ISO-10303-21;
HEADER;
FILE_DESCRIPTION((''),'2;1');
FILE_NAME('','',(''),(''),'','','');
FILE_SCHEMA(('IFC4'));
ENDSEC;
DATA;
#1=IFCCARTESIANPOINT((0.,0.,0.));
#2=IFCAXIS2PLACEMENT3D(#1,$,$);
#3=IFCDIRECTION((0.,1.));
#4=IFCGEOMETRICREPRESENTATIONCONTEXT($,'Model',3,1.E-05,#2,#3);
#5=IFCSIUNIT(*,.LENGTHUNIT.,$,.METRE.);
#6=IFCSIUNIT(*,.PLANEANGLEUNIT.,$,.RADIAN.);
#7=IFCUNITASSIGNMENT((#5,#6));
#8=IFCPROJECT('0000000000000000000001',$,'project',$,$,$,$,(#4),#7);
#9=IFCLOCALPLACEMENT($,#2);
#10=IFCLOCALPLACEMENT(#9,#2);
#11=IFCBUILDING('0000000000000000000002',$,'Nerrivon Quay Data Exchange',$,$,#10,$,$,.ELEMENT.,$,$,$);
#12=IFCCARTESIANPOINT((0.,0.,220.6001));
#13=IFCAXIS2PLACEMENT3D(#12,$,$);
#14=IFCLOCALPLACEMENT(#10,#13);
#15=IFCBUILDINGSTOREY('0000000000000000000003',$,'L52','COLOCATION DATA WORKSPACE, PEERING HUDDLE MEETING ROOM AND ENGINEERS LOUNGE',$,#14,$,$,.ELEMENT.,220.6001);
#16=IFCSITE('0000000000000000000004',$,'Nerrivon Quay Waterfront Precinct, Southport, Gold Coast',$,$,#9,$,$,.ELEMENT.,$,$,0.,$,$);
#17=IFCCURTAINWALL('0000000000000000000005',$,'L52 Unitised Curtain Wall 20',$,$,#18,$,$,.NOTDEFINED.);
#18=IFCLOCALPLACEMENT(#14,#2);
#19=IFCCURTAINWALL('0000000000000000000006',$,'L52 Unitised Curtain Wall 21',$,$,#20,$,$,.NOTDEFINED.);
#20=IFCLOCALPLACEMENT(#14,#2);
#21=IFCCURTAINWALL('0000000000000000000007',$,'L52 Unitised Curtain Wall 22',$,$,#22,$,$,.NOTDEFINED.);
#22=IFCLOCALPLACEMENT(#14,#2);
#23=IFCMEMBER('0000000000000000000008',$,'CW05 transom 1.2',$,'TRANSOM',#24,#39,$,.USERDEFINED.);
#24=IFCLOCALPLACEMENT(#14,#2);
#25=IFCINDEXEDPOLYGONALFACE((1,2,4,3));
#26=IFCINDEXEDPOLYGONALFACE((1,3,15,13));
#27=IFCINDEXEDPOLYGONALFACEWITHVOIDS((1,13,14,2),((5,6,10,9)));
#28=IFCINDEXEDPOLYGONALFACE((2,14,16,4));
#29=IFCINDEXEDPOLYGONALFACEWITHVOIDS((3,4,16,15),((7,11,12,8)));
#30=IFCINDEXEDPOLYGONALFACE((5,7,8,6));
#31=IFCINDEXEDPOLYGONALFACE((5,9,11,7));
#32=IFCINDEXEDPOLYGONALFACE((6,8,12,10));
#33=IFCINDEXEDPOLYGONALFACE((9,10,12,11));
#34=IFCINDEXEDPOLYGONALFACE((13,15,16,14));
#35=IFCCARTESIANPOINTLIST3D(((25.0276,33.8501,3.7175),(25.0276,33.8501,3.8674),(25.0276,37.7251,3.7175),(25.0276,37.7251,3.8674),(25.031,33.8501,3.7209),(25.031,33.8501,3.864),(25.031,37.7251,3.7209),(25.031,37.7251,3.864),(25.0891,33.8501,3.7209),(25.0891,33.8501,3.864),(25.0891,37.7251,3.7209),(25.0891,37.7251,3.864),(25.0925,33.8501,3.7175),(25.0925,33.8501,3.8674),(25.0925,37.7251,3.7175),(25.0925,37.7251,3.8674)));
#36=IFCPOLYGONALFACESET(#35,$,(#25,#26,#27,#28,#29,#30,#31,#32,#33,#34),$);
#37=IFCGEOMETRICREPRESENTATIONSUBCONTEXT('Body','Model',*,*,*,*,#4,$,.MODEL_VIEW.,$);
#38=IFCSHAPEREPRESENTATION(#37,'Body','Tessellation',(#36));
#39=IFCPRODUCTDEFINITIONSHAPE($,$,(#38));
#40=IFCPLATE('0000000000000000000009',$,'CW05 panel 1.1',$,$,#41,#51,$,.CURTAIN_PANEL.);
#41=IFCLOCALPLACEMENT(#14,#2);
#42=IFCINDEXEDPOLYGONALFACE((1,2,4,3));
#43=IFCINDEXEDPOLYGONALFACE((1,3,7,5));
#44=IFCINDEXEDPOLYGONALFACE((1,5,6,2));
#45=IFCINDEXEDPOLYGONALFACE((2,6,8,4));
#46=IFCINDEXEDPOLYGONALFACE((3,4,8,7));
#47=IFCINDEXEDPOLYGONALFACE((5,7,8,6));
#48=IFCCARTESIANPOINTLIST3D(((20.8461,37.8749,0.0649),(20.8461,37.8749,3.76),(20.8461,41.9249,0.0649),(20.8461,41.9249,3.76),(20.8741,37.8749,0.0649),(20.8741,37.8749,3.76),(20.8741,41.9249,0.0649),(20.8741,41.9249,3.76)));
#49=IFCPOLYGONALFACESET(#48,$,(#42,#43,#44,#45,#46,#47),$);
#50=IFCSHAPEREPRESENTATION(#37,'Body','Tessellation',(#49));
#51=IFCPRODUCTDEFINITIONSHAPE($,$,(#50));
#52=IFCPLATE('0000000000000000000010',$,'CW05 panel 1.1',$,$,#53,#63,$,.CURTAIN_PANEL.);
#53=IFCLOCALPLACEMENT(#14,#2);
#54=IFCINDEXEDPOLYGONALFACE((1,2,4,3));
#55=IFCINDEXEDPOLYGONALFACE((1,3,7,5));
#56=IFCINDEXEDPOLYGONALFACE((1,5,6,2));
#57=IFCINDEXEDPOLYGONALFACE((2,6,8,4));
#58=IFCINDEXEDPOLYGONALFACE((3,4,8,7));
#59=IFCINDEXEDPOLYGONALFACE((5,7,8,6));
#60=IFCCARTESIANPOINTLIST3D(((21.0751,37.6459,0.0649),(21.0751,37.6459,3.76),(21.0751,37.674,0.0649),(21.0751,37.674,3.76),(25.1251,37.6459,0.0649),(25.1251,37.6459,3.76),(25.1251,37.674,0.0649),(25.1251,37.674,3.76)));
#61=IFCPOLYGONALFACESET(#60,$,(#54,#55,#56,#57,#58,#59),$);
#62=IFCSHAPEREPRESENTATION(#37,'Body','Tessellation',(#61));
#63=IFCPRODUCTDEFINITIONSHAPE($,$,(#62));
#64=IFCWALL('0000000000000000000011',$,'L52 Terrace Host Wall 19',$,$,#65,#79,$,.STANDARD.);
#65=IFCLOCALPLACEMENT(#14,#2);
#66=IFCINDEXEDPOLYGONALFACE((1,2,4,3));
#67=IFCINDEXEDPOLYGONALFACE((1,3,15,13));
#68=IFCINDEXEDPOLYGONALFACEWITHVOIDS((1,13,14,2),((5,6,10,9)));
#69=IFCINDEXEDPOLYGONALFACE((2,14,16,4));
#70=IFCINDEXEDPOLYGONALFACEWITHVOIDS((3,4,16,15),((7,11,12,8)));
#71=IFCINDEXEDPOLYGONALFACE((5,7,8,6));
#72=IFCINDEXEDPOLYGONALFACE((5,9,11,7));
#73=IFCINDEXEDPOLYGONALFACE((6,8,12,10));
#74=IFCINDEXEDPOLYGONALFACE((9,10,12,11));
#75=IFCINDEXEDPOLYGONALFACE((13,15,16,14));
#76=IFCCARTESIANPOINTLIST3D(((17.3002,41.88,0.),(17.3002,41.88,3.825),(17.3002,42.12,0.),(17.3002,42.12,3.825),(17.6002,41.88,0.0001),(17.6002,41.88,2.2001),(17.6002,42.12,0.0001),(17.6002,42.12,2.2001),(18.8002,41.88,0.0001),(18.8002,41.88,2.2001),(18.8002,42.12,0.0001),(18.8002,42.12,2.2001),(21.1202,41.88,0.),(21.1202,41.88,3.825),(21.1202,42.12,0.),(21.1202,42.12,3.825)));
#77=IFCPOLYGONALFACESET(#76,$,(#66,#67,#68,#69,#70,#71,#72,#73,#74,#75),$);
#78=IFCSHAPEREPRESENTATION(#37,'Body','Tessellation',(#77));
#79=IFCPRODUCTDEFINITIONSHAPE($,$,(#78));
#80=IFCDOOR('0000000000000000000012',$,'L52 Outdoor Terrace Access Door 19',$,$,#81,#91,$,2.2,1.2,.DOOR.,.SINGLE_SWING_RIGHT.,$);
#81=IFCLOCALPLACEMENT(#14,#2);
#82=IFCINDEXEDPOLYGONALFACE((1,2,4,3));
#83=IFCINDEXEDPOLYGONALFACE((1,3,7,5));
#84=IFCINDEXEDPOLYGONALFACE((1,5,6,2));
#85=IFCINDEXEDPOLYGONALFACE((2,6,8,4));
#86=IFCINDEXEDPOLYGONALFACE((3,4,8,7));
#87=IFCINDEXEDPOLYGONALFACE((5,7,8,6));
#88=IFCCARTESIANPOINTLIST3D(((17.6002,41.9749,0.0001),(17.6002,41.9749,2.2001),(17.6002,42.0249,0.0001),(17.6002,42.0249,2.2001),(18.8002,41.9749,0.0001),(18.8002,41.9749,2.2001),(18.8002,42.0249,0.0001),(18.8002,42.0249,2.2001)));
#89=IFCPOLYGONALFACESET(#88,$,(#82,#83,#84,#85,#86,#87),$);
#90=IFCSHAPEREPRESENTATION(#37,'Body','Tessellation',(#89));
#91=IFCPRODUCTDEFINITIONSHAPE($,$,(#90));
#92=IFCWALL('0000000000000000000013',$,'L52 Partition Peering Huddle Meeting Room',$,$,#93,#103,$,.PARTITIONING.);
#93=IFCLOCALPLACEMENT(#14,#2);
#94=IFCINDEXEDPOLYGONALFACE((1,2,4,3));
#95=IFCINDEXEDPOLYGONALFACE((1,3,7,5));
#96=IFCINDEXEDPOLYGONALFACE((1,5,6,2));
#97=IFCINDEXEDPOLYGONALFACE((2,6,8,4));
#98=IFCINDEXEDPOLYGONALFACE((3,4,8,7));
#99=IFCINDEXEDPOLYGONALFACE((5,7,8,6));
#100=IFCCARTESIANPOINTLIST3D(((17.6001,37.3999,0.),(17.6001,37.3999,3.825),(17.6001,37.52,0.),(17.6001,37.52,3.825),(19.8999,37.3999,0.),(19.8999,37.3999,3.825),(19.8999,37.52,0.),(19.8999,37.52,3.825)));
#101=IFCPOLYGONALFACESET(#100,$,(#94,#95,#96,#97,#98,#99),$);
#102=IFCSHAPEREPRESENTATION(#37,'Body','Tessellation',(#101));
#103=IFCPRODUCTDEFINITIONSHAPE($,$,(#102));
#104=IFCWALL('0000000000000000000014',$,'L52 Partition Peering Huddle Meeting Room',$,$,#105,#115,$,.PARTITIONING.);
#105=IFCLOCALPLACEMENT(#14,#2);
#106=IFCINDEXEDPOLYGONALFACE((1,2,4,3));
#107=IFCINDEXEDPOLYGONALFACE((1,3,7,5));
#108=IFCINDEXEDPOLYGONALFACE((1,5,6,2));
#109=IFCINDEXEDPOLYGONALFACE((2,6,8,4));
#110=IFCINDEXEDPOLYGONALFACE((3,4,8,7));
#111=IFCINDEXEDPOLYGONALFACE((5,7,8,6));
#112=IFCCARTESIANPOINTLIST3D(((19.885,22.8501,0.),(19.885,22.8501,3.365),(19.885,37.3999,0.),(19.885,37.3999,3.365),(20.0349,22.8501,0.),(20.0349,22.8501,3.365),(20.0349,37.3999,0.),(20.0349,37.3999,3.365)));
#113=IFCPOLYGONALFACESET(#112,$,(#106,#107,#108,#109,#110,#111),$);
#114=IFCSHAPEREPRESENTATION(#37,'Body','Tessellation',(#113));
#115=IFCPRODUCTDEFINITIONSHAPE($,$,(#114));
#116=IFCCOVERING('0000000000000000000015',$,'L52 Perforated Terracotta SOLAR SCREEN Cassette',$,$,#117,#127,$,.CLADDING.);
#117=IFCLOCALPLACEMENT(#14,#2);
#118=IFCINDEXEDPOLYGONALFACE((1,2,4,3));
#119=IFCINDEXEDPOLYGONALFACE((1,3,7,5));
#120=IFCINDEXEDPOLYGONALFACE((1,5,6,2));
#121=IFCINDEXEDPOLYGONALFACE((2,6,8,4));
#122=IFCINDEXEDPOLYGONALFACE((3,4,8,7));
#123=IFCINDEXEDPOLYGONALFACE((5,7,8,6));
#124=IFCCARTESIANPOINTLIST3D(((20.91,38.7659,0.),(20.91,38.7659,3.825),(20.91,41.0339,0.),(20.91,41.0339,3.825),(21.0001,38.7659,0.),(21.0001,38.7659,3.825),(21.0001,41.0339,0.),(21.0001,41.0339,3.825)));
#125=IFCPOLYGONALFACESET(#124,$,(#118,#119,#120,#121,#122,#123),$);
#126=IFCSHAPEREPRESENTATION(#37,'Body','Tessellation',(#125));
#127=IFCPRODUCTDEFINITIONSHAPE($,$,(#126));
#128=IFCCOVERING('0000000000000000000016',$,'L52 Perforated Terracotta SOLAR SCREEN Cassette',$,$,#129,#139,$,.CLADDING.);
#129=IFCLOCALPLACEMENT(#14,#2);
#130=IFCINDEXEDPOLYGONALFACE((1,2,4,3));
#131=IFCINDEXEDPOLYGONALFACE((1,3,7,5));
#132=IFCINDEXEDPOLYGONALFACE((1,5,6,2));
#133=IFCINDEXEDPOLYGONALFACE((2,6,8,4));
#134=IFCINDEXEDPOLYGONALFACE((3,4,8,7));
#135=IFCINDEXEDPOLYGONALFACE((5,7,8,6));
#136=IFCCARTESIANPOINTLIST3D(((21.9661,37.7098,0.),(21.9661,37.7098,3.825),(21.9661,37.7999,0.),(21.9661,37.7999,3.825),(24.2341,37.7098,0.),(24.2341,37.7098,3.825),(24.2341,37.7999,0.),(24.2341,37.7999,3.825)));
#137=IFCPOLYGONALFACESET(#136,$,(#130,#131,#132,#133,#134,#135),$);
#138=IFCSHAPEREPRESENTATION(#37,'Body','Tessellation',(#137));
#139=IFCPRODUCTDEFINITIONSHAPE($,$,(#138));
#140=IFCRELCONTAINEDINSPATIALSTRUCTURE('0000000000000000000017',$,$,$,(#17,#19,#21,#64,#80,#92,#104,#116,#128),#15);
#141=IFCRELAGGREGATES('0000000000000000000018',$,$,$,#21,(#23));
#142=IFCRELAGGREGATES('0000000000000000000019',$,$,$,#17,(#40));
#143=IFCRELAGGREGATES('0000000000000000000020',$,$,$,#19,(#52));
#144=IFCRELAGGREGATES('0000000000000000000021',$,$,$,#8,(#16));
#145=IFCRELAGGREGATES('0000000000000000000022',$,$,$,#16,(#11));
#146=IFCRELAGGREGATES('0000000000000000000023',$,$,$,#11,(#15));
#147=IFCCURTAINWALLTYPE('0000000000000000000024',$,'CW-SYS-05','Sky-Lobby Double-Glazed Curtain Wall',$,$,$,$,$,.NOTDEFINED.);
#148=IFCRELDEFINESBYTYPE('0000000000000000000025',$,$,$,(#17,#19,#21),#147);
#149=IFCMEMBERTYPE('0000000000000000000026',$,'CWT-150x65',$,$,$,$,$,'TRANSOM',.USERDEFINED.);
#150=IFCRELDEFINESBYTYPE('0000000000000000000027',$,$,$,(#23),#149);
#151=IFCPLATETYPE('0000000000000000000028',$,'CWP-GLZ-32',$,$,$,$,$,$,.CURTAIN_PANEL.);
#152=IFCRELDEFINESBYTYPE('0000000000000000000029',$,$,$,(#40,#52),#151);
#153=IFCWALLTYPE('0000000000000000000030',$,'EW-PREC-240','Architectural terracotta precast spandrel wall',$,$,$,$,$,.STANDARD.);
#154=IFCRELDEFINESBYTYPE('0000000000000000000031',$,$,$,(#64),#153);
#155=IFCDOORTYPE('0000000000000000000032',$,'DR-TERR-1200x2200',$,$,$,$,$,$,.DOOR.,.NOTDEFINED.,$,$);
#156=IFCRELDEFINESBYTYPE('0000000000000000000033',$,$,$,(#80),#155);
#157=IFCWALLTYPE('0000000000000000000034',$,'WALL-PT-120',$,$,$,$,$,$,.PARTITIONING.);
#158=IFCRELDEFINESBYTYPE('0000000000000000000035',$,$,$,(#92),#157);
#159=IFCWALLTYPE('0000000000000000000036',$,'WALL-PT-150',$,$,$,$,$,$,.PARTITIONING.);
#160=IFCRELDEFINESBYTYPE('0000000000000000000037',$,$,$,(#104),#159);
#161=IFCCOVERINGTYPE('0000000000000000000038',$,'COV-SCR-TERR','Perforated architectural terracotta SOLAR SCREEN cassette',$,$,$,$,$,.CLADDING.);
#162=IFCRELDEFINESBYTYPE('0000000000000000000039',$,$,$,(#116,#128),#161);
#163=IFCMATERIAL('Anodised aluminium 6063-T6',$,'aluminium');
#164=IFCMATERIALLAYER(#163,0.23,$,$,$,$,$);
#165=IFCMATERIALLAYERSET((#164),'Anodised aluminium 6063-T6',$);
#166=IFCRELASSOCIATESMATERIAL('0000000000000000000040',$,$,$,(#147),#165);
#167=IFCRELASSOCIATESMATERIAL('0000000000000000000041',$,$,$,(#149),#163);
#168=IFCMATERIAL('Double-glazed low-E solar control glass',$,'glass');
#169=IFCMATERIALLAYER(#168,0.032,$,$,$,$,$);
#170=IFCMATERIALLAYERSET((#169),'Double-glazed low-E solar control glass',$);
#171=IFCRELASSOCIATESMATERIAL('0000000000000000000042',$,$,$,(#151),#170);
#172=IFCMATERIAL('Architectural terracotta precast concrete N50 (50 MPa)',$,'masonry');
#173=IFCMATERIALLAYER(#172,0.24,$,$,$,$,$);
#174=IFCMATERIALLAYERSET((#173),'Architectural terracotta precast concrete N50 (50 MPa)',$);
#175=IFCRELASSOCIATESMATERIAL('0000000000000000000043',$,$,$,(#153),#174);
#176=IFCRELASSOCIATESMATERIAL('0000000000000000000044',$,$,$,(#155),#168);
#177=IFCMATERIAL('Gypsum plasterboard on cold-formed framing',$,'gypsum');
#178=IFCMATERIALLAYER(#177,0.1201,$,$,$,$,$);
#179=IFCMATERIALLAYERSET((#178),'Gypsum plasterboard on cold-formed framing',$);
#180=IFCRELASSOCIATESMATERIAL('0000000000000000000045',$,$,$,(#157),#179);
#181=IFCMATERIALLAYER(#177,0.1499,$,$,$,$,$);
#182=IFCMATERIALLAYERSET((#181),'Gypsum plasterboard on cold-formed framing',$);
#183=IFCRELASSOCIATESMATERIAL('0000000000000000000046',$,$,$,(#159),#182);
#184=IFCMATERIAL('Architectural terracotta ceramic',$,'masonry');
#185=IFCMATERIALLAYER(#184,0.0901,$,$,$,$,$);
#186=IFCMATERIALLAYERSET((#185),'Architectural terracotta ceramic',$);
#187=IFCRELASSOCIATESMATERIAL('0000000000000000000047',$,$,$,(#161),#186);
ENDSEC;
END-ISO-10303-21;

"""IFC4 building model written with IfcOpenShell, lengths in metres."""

from ifc_helpers import new_model, si_unit, direction, frame, frame_2d, origin, origin_2d, place, context, subcontext, project, spatial, rectangle, hollow_rectangle, extrude, material, layer, layer_set, material_profile, profile_set, type_object, element, fill, aggregate, save


model = new_model("IFC4")

# Units and contexts
model_context = context("Model", 3, precision=1e-05, world=origin(), true_north=direction((0.0, 1.0)))
body_context = subcontext(model_context, "Body", "Model", "MODEL_VIEW")
ifc_project = project(units=[si_unit("LENGTHUNIT", "METRE"), si_unit("PLANEANGLEUNIT", "RADIAN")], contexts=[model_context])

# Site, building, storey
site_placement = place(None, origin())
site = spatial("IfcSite", under=ifc_project, at=site_placement, Name="Nerrivon Quay Waterfront Precinct, Southport, Gold Coast", CompositionType="ELEMENT", RefElevation=0.0)
building_placement = place(site_placement, origin())
building = spatial("IfcBuilding", under=site, at=building_placement, Name="Nerrivon Quay Data Exchange", CompositionType="ELEMENT")
storey_placement = place(building_placement, frame((0.0, 0.0, 220.6001)))
storey = spatial("IfcBuildingStorey", under=building, at=storey_placement, Name="L52", Description="COLOCATION DATA WORKSPACE, PEERING HUDDLE MEETING ROOM AND ENGINEERS LOUNGE", CompositionType="ELEMENT", Elevation=220.6001)

# Curtain walls
ifc_material_1 = material(Name="Anodised aluminium 6063-T6", Category="aluminium")
ifc_layer_1 = layer(ifc_material_1, 0.23)
ifc_layer_set_1 = layer_set([ifc_layer_1], Name="Anodised aluminium 6063-T6")
curtain_wall_type = type_object("IfcCurtainWallType", Name="CW-SYS-05", Description="Sky-Lobby Double-Glazed Curtain Wall", PredefinedType="NOTDEFINED", material=ifc_layer_set_1)
curtain_wall_1_placement = place(storey_placement, origin())
curtain_wall_1 = element("IfcCurtainWall", 1, at=curtain_wall_1_placement, inside=storey, type_object=curtain_wall_type, Name="L52 Unitised Curtain Wall 20", PredefinedType="NOTDEFINED")
curtain_wall_2_placement = place(storey_placement, origin())
curtain_wall_2 = element("IfcCurtainWall", 2, at=curtain_wall_2_placement, inside=storey, type_object=curtain_wall_type, Name="L52 Unitised Curtain Wall 21", PredefinedType="NOTDEFINED")

# Curtain wall
curtain_wall_3_placement = place(storey_placement, origin())
curtain_wall_3 = element("IfcCurtainWall", 3, at=curtain_wall_3_placement, inside=storey, type_object=curtain_wall_type, Name="L52 Unitised Curtain Wall 22", PredefinedType="NOTDEFINED")

# Member
ifc_material_profile_1 = material_profile(ifc_material_1, hollow_rectangle(XDim=0.0649, YDim=0.1499, WallThickness=0.0034, at=origin_2d()), Name="ALU-TRAN-150x65")
ifc_profile_set_1 = profile_set([ifc_material_profile_1], Name="Anodised aluminium 6063-T6")
member_type_1 = type_object("IfcMemberType", Name="CWT-150x65", ElementType="TRANSOM", PredefinedType="USERDEFINED", material=ifc_profile_set_1)
member_1_placement = place(storey_placement, frame((25.0601, 37.7251, 3.7925), z_axis=(0.0, -1.0, 0.0), x_axis=(1.0, 0.0, 0.0)))
member_1 = element("IfcMember", 4, at=member_1_placement, type_object=member_type_1, Name="CW05 transom 1.2", ObjectType="TRANSOM", PredefinedType="USERDEFINED", context=body_context, shape_type="SweptSolid", body=[
    extrude(hollow_rectangle(XDim=0.0649, YDim=0.1499, WallThickness=0.0034, at=origin_2d()), origin(), (0.0, 0.0, 1.0), 3.875),
])
aggregate(curtain_wall_3, [member_1])

# Plates
ifc_material_2 = material(Name="Double-glazed low-E solar control glass", Category="glass")
ifc_layer_2 = layer(ifc_material_2, 0.032)
ifc_layer_set_2 = layer_set([ifc_layer_2], Name="Double-glazed low-E solar control glass")
plate_type = type_object("IfcPlateType", Name="CWP-GLZ-32", PredefinedType="CURTAIN_PANEL", material=ifc_layer_set_2)
plate_1_placement = place(storey_placement, frame((20.8601, 39.8999, 0.0649), z_axis=(0.0, 0.0, 1.0), x_axis=(0.0, -1.0, 0.0)))
plate_1 = element("IfcPlate", 5, at=plate_1_placement, type_object=plate_type, Name="CW05 panel 1.1", PredefinedType="CURTAIN_PANEL", context=body_context, shape_type="SweptSolid", body=[
    extrude(rectangle(XDim=4.05, YDim=0.0281, at=origin_2d()), origin(), (0.0, 0.0, 1.0), 3.6951),
])
aggregate(curtain_wall_1, [plate_1])
plate_2_placement = place(storey_placement, frame((23.1001, 37.6599, 0.0649), z_axis=(0.0, 0.0, 1.0), x_axis=(1.0, 0.0, 0.0)))
plate_2 = element("IfcPlate", 6, at=plate_2_placement, type_object=plate_type, Name="CW05 panel 1.1", PredefinedType="CURTAIN_PANEL", context=body_context, shape_type="SweptSolid", body=[
    extrude(rectangle(XDim=4.05, YDim=0.0281, at=origin_2d()), origin(), (0.0, 0.0, 1.0), 3.6951),
])
aggregate(curtain_wall_2, [plate_2])

# Wall, opening, door
ifc_material_3 = material(Name="Architectural terracotta precast concrete N50 (50 MPa)", Category="masonry")
ifc_layer_3 = layer(ifc_material_3, 0.24)
ifc_layer_set_3 = layer_set([ifc_layer_3], Name="Architectural terracotta precast concrete N50 (50 MPa)")
wall_type_1 = type_object("IfcWallType", Name="EW-PREC-240", Description="Architectural terracotta precast spandrel wall", PredefinedType="STANDARD", material=ifc_layer_set_3)
wall_1_placement = place(storey_placement, frame((17.3, 42.0, 0.0), z_axis=(0.0, 0.0, 1.0), x_axis=(1.0, 0.0, 0.0)))
wall_1 = element("IfcWall", 7, at=wall_1_placement, inside=storey, type_object=wall_type_1, Name="L52 Terrace Host Wall 19", PredefinedType="STANDARD", context=body_context, shape_type="SweptSolid", body=[
    extrude(rectangle(XDim=3.8201, YDim=0.24, at=frame_2d((1.9102, 0.0))), origin(), (0.0, 0.0, 1.0), 3.825),
])
opening_placement = place(wall_1_placement, frame((0.3, 0.0, 0.0)))
opening = element("IfcOpeningElement", 8, at=opening_placement, cuts=wall_1, PredefinedType="OPENING", context=body_context, shape_type="SweptSolid", body=[
    extrude(rectangle(XDim=1.2, YDim=2.2, at=frame_2d((0.6001, 1.1001))), frame((0.0, 0.1299, 0.0), z_axis=(0.0, -1.0, 0.0), x_axis=(1.0, 0.0, 0.0)), (0.0, 0.0, 1.0), 0.26),
])
door_type = type_object("IfcDoorType", Name="DR-TERR-1200x2200", OperationType="NOTDEFINED", PredefinedType="DOOR", material=ifc_material_2)
door_placement = place(opening_placement, origin())
door = element("IfcDoor", 9, at=door_placement, inside=storey, type_object=door_type, Name="L52 Outdoor Terrace Access Door 19", OperationType="SINGLE_SWING_RIGHT", OverallHeight=2.2, OverallWidth=1.2, PredefinedType="DOOR", context=body_context, shape_type="SweptSolid", body=[
    extrude(rectangle(XDim=1.2, YDim=2.2, at=frame_2d((0.6001, 1.1001))), frame((0.0, 0.0249, 0.0), z_axis=(0.0, -1.0, 0.0), x_axis=(1.0, 0.0, 0.0)), (0.0, 0.0, 1.0), 0.05),
])
fill(opening, door)

# Walls
ifc_material_4 = material(Name="Gypsum plasterboard on cold-formed framing", Category="gypsum")
ifc_layer_4 = layer(ifc_material_4, 0.1201)
ifc_layer_set_4 = layer_set([ifc_layer_4], Name="Gypsum plasterboard on cold-formed framing")
wall_type_2 = type_object("IfcWallType", Name="WALL-PT-120", PredefinedType="PARTITIONING", material=ifc_layer_set_4)
wall_2_placement = place(storey_placement, frame((17.6001, 37.46, 0.0), z_axis=(0.0, 0.0, 1.0), x_axis=(1.0, 0.0, 0.0)))
element("IfcWall", 10, at=wall_2_placement, inside=storey, type_object=wall_type_2, Name="L52 Partition Peering Huddle Meeting Room", PredefinedType="PARTITIONING", context=body_context, shape_type="SweptSolid", body=[
    extrude(rectangle(XDim=2.2998, YDim=0.1201, at=frame_2d((1.1499, 0.0))), origin(), (0.0, 0.0, 1.0), 3.825),
])
ifc_layer_5 = layer(ifc_material_4, 0.1499)
ifc_layer_set_5 = layer_set([ifc_layer_5], Name="Gypsum plasterboard on cold-formed framing")
wall_type_3 = type_object("IfcWallType", Name="WALL-PT-150", PredefinedType="PARTITIONING", material=ifc_layer_set_5)
wall_3_placement = place(storey_placement, frame((19.96, 37.3999, 0.0), z_axis=(0.0, 0.0, 1.0), x_axis=(0.0, -1.0, 0.0)))
element("IfcWall", 11, at=wall_3_placement, inside=storey, type_object=wall_type_3, Name="L52 Partition Peering Huddle Meeting Room", PredefinedType="PARTITIONING", context=body_context, shape_type="SweptSolid", body=[
    extrude(rectangle(XDim=14.5498, YDim=0.1499, at=frame_2d((7.2749, 0.0))), origin(), (0.0, 0.0, 1.0), 3.365),
])

# Coverings
ifc_material_5 = material(Name="Architectural terracotta ceramic", Category="masonry")
ifc_layer_6 = layer(ifc_material_5, 0.0901)
ifc_layer_set_6 = layer_set([ifc_layer_6], Name="Architectural terracotta ceramic")
covering_type = type_object("IfcCoveringType", Name="COV-SCR-TERR", Description="Perforated architectural terracotta SOLAR SCREEN cassette", PredefinedType="CLADDING", material=ifc_layer_set_6)
for number, where, z_axis, x_axis, name in (
    (12, (20.9551, 39.8999, 0.0), (0.0, 0.0, 1.0), (0.0, -1.0, 0.0), "L52 Perforated Terracotta SOLAR SCREEN Cassette"),
    (13, (23.1001, 37.7549, 0.0), (0.0, 0.0, 1.0), (1.0, 0.0, 0.0), "L52 Perforated Terracotta SOLAR SCREEN Cassette"),
):
    element("IfcCovering", number, at=place(storey_placement, frame(where, z_axis=z_axis, x_axis=x_axis)), inside=storey, type_object=covering_type, Name=name, PredefinedType="CLADDING", context=body_context, shape_type="SweptSolid", body=[
        extrude(rectangle(XDim=2.2681, YDim=0.0901, at=origin_2d()), origin(), (0.0, 0.0, 1.0), 3.825),
    ])

save(model, "model.ifc")
